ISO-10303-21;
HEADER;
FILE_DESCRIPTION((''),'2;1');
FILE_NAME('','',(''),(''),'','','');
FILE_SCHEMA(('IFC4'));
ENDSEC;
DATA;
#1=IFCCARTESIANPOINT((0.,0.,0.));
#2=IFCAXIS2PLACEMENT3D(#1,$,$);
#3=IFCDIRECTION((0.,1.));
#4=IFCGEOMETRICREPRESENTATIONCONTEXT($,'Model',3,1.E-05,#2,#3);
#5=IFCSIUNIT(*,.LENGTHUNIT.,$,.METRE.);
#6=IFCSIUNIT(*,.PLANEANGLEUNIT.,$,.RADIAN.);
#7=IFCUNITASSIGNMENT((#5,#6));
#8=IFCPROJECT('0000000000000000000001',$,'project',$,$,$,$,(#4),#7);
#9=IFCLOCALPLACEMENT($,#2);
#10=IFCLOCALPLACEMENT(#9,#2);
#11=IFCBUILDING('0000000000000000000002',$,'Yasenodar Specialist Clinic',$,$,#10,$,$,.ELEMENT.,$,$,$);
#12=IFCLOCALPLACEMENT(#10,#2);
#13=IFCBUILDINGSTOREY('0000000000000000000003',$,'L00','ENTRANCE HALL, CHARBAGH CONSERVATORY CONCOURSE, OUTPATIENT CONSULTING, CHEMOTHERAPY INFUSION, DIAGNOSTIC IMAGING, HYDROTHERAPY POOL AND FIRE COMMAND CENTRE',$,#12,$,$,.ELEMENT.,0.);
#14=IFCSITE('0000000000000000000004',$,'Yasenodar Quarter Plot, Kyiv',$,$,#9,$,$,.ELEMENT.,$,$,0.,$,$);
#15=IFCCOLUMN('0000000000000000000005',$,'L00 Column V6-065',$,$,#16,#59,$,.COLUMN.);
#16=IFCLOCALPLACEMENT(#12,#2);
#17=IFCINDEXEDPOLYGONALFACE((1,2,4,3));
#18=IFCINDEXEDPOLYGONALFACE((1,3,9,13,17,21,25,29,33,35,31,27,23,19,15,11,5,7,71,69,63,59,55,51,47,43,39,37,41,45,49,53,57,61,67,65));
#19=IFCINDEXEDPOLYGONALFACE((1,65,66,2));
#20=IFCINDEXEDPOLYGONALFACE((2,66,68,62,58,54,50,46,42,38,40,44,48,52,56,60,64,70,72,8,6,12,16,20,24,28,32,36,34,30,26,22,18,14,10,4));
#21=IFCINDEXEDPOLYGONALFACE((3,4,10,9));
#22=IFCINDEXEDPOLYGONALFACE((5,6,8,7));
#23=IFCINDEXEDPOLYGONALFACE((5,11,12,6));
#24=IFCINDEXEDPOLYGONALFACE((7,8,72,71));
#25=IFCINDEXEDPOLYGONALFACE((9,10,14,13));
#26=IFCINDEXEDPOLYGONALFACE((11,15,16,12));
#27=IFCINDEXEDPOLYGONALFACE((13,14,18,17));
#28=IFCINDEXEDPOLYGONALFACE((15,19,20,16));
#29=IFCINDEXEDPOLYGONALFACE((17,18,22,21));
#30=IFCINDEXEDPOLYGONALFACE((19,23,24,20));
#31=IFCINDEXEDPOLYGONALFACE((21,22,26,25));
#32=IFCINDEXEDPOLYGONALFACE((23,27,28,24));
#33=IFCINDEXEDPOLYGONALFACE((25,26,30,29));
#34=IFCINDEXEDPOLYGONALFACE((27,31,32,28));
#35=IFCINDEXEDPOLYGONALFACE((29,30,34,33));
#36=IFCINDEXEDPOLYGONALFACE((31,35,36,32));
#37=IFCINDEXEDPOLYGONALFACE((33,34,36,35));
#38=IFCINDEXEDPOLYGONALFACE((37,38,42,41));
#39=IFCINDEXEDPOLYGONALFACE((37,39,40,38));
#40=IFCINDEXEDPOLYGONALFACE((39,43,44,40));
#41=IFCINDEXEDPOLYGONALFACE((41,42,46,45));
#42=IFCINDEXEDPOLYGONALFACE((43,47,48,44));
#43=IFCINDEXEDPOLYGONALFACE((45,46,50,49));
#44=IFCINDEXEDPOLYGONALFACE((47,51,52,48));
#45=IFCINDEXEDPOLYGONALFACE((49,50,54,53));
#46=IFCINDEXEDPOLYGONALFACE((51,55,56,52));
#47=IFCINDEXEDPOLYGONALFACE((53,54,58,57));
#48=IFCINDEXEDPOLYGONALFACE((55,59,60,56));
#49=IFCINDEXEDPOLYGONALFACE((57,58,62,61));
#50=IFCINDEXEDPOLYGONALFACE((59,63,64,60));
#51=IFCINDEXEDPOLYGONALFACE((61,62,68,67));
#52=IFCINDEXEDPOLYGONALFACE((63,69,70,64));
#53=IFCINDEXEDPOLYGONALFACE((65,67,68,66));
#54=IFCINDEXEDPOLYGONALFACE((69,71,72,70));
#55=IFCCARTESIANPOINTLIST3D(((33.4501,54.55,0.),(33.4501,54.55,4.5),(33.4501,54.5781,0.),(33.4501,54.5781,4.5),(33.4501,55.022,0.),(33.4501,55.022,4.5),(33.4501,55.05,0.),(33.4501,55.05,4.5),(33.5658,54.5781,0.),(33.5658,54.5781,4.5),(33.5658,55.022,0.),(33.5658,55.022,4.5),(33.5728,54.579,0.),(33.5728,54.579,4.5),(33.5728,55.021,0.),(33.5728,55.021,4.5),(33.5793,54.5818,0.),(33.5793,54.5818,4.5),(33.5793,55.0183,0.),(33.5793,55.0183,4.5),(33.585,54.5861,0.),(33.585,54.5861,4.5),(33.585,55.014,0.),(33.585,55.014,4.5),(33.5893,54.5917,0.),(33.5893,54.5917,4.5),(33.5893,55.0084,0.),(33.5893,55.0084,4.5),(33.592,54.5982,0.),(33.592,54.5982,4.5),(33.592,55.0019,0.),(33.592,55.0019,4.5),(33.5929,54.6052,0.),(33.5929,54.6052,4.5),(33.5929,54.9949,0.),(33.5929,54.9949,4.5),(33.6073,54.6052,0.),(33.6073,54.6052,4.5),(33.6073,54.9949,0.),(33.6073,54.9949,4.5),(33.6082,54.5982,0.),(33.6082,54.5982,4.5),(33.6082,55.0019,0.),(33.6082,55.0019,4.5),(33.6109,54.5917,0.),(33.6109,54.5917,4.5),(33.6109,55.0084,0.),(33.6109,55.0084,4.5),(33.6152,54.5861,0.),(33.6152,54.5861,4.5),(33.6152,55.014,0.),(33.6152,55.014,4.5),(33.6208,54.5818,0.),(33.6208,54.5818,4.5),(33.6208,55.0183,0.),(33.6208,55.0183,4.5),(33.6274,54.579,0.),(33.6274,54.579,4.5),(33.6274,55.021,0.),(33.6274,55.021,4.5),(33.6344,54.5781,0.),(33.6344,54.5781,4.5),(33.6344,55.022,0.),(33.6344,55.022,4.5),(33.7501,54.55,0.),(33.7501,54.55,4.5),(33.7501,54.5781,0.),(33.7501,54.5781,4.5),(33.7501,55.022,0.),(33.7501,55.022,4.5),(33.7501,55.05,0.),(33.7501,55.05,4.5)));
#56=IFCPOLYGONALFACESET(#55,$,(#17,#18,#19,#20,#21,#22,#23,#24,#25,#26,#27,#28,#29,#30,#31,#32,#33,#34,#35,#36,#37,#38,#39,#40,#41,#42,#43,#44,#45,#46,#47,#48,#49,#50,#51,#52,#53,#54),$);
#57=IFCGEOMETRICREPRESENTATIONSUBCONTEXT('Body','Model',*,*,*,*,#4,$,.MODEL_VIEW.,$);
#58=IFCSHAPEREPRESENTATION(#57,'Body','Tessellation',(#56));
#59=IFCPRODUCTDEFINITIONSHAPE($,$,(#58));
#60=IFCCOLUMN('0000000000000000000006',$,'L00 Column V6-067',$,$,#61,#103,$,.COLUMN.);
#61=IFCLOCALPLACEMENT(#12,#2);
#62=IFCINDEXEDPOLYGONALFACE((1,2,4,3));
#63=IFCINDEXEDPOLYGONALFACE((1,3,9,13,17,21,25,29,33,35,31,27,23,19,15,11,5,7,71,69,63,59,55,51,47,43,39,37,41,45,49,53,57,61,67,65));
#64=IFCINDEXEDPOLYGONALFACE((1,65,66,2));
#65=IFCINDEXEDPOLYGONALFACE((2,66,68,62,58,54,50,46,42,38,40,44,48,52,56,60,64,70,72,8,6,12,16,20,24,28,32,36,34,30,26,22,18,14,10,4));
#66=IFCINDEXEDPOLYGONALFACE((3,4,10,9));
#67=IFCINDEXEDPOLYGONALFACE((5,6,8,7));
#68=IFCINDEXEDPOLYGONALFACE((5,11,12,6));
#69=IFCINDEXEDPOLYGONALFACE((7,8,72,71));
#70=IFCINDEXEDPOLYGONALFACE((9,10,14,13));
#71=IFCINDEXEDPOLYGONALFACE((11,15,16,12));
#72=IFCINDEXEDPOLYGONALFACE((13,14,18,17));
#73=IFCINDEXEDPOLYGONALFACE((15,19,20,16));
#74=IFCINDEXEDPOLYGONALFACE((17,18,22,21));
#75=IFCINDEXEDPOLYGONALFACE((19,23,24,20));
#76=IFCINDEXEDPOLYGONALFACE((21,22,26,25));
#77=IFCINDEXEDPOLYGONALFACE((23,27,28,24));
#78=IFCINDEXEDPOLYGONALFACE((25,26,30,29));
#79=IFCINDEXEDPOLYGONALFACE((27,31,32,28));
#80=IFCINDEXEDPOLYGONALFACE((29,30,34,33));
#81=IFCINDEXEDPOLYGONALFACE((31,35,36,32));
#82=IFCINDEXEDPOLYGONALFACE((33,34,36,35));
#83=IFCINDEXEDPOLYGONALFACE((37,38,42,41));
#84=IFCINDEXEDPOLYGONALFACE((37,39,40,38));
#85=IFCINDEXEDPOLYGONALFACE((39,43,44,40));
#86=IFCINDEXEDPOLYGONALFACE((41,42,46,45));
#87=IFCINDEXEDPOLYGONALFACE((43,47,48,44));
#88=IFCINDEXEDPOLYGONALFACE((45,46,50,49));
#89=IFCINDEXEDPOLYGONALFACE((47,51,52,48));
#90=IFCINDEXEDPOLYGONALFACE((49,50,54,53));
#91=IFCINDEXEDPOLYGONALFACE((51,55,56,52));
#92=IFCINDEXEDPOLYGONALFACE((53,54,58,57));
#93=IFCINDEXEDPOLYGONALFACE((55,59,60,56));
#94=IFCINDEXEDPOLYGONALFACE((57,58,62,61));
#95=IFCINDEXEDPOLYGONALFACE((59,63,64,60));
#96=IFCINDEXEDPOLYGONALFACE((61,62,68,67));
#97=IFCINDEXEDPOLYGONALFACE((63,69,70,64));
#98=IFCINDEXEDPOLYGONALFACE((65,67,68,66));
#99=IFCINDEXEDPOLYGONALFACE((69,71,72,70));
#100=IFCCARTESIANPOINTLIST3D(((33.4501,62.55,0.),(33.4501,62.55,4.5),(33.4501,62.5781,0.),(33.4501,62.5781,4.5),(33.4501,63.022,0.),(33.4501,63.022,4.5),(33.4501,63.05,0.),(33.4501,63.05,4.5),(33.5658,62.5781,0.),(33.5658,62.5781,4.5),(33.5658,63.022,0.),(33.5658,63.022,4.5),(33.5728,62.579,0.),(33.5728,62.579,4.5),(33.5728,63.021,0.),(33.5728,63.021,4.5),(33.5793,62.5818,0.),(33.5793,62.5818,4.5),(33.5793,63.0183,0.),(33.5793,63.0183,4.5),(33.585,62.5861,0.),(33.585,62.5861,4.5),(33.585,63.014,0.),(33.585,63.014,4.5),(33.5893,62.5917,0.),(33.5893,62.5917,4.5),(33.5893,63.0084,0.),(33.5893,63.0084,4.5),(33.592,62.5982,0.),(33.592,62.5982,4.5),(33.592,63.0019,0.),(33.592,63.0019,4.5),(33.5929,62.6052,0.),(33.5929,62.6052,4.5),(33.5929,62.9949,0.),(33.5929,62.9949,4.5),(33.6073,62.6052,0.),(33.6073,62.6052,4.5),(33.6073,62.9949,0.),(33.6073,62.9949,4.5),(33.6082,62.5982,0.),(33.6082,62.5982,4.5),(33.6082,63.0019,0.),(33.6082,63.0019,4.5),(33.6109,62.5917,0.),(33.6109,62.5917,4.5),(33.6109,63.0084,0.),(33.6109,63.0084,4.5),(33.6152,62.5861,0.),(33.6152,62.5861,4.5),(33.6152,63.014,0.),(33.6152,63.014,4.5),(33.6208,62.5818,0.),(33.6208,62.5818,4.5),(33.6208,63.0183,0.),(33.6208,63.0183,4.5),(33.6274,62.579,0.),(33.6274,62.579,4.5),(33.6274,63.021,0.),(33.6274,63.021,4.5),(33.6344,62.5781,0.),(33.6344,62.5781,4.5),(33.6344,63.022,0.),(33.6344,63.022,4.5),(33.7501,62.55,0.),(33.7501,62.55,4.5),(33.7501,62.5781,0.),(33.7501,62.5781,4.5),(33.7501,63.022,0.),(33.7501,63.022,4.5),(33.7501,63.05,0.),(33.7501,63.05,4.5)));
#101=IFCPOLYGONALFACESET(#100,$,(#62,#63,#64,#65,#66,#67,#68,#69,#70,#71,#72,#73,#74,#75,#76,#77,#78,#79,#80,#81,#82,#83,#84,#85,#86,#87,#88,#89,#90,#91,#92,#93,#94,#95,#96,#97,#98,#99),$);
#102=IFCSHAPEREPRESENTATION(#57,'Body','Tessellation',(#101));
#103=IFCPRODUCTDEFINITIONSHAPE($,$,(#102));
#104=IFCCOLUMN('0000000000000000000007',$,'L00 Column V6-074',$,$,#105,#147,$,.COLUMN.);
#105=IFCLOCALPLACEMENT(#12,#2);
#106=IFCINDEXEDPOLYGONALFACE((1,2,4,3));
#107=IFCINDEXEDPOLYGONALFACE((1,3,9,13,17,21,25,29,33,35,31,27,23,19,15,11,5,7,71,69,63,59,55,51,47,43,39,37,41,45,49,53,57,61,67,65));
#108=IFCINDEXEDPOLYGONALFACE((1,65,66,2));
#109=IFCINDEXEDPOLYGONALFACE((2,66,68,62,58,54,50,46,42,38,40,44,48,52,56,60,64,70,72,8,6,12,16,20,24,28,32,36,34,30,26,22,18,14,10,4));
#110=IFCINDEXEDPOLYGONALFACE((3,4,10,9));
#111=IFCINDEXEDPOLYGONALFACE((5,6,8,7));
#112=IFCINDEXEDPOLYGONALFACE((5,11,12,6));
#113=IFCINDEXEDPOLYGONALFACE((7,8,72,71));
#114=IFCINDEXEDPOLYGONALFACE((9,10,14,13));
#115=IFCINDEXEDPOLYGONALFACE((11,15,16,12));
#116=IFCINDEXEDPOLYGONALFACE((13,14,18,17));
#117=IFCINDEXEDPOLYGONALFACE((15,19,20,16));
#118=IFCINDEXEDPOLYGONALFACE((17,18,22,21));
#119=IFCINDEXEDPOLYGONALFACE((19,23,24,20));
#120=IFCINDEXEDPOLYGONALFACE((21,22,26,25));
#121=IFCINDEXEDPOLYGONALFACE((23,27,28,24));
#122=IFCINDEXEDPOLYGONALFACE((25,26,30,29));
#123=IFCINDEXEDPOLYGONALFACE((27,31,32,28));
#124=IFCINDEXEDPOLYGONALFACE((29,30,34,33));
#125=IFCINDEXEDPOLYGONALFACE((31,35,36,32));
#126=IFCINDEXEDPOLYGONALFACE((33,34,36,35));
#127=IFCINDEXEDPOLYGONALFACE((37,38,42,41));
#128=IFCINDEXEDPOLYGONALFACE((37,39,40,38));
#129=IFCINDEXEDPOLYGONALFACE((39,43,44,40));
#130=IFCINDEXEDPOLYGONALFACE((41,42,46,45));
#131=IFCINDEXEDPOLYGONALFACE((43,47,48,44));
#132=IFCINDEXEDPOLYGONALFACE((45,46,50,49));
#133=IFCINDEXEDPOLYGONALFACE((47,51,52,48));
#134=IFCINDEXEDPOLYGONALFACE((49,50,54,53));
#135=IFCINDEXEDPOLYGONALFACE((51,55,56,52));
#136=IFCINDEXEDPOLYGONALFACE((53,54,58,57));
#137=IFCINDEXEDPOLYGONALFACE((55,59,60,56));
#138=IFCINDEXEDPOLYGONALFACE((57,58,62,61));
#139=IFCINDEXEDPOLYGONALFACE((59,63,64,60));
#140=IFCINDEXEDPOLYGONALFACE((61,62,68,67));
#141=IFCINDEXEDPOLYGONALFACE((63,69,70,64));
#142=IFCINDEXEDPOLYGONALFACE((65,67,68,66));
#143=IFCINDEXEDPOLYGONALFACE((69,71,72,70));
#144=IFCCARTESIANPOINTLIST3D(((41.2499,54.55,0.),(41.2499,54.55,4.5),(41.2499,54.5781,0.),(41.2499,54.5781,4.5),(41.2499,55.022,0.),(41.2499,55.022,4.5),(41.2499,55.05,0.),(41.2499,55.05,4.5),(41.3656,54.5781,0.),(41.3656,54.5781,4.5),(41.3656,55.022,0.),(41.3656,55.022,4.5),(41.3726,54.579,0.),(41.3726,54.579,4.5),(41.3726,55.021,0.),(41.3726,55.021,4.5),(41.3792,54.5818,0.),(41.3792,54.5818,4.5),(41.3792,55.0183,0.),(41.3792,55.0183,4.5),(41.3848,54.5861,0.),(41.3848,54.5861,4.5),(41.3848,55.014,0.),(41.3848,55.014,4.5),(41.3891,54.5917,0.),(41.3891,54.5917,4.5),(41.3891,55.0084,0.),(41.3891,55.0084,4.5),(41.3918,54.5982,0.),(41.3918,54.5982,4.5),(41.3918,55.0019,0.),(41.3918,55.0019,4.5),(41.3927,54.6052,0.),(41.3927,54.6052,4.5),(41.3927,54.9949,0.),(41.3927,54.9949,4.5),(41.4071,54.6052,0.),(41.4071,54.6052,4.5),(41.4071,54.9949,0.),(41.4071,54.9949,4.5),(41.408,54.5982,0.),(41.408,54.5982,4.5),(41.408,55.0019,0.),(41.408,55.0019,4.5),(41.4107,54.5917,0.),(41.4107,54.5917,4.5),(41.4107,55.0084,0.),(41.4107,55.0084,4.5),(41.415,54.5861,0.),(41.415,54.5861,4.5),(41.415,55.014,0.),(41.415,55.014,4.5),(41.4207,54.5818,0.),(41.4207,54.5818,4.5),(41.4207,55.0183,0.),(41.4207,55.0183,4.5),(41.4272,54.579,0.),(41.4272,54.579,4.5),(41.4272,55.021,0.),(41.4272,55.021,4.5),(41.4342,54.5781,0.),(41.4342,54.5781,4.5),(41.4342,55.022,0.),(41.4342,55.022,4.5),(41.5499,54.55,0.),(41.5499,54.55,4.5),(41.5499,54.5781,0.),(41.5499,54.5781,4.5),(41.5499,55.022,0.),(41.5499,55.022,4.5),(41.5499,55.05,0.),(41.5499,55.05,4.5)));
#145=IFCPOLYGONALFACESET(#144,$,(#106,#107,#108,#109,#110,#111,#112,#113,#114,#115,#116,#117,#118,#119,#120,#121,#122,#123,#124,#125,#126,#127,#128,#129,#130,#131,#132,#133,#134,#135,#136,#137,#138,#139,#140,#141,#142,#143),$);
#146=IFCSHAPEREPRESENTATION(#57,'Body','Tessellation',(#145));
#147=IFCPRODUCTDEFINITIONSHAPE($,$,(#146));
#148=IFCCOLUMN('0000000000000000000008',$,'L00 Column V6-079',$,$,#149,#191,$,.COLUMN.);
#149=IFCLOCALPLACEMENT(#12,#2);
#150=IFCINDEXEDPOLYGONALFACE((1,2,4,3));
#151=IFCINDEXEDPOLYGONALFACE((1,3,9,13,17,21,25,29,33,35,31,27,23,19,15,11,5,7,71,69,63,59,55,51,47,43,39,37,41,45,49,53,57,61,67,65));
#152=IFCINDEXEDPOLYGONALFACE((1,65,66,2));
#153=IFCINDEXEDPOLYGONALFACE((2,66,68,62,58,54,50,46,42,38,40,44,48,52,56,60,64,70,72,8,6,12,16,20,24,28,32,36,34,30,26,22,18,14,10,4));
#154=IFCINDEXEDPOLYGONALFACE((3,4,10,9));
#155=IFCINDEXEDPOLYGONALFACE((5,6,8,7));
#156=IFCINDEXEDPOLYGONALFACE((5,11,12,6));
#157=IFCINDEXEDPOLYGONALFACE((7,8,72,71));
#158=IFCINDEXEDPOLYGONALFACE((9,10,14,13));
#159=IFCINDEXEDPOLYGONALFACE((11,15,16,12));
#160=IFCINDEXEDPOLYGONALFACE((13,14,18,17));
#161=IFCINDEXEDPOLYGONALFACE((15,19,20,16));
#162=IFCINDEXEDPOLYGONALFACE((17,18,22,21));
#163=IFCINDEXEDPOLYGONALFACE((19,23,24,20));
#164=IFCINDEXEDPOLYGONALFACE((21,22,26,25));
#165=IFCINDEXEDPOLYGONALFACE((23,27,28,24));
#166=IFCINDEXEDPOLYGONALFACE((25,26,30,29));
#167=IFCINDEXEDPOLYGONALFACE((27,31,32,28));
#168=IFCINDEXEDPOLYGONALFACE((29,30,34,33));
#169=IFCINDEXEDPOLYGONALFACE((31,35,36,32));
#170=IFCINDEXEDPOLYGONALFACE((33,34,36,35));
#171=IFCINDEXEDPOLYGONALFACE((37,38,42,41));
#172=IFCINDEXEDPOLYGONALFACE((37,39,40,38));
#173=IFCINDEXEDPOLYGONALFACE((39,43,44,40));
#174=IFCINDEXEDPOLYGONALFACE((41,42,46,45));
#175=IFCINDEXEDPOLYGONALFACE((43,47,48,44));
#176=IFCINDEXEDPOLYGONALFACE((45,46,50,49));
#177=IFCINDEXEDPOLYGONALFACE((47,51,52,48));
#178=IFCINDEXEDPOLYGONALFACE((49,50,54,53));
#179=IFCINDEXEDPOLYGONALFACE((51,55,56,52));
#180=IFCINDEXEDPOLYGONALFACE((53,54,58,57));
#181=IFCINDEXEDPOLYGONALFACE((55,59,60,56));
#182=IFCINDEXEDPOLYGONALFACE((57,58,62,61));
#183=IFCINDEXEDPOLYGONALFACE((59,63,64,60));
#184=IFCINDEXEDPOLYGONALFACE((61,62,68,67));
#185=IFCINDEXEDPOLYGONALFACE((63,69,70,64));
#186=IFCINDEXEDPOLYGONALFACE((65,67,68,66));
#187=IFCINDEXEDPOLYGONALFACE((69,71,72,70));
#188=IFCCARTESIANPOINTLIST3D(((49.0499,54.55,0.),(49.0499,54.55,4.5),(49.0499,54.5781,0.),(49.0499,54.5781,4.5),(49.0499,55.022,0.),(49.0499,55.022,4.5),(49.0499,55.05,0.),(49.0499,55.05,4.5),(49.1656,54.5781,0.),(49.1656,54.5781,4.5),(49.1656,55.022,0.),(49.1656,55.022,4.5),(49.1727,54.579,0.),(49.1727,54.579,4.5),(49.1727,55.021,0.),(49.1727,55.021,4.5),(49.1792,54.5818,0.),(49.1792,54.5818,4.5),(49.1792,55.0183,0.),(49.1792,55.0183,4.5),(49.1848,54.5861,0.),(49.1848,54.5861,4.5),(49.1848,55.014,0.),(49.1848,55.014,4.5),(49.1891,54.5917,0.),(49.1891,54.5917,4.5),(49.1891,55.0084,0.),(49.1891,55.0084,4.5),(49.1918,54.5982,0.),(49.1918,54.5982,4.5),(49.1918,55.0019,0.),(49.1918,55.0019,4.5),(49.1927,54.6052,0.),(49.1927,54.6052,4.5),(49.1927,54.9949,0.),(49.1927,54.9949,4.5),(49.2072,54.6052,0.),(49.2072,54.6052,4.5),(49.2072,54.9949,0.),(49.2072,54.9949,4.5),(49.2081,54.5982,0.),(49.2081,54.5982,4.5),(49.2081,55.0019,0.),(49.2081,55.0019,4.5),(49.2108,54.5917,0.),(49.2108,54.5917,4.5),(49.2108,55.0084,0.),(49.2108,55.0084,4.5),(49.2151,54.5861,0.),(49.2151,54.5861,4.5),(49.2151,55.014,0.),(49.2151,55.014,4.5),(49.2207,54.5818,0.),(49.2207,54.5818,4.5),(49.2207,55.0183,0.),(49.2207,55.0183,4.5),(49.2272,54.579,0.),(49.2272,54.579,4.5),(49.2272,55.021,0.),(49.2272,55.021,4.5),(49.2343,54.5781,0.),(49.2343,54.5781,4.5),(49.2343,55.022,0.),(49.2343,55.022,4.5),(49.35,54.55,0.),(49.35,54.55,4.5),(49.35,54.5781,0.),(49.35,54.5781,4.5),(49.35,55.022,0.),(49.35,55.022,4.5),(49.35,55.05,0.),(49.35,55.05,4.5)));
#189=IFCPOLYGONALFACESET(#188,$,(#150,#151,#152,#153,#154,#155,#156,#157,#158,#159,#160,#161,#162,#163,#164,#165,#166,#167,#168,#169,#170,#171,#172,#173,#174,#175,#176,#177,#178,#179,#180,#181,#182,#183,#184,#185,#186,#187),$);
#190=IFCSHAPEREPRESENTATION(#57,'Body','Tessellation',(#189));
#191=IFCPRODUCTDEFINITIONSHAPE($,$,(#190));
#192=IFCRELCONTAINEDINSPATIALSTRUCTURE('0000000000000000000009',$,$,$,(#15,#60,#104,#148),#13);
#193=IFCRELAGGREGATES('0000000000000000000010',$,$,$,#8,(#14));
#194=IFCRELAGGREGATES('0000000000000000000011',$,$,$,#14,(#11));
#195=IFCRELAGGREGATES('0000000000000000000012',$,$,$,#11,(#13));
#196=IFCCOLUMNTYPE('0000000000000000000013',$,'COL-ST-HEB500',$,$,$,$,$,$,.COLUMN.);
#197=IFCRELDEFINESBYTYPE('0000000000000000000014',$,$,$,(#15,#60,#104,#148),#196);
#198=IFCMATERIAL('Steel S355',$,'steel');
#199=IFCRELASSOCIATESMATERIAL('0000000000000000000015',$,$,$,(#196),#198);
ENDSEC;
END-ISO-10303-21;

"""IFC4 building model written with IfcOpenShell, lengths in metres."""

from ifc_helpers import new_model, si_unit, direction, frame, origin, origin_2d, place, context, subcontext, project, spatial, i_section, extrude, material, material_profile, profile_set, type_object, element, save


model = new_model("IFC4")

# Units and contexts
model_context = context("Model", 3, precision=1e-05, world=origin(), true_north=direction((0.0, 1.0)))
body_context = subcontext(model_context, "Body", "Model", "MODEL_VIEW")
ifc_project = project(units=[si_unit("LENGTHUNIT", "METRE"), si_unit("PLANEANGLEUNIT", "RADIAN")], contexts=[model_context])

# Site, building, storey
site_placement = place(None, origin())
site = spatial("IfcSite", under=ifc_project, at=site_placement, Name="Yasenodar Quarter Plot, Kyiv", CompositionType="ELEMENT", RefElevation=0.0)
building_placement = place(site_placement, origin())
building = spatial("IfcBuilding", under=site, at=building_placement, Name="Yasenodar Specialist Clinic", CompositionType="ELEMENT")
storey_placement = place(building_placement, origin())
storey = spatial("IfcBuildingStorey", under=building, at=storey_placement, Name="L00", Description="ENTRANCE HALL, CHARBAGH CONSERVATORY CONCOURSE, OUTPATIENT CONSULTING, CHEMOTHERAPY INFUSION, DIAGNOSTIC IMAGING, HYDROTHERAPY POOL AND FIRE COMMAND CENTRE", CompositionType="ELEMENT", Elevation=0.0)

# Columns
ifc_material_1 = material(Name="Steel S355", Category="steel")
ifc_material_profile_1 = material_profile(ifc_material_1, i_section(OverallWidth=0.3, OverallDepth=0.5, WebThickness=0.0144, FlangeThickness=0.0281, FilletRadius=0.0271, at=origin_2d()), Name="HEB 500")
ifc_profile_set_1 = profile_set([ifc_material_profile_1], Name="Steel S355")
column_type_1 = type_object("IfcColumnType", Name="COL-ST-HEB500", PredefinedType="COLUMN", material=ifc_profile_set_1)
for number, where, z_axis, x_axis, name in (
    (1, (33.6001, 54.8, 0.0), (0.0, 0.0, 1.0), (1.0, 0.0, 0.0), "L00 Column V6-065"),
    (2, (33.6001, 62.8, 0.0), (0.0, 0.0, 1.0), (1.0, 0.0, 0.0), "L00 Column V6-067"),
    (3, (41.3999, 54.8, 0.0), (0.0, 0.0, 1.0), (1.0, 0.0, 0.0), "L00 Column V6-074"),
    (4, (49.2, 54.8, 0.0), (0.0, 0.0, 1.0), (1.0, 0.0, 0.0), "L00 Column V6-079"),
):
    element("IfcColumn", number, at=place(storey_placement, frame(where, z_axis=z_axis, x_axis=x_axis)), inside=storey, type_object=column_type_1, Name=name, PredefinedType="COLUMN", context=body_context, shape_type="SweptSolid", body=[
        extrude(i_section(OverallWidth=0.3, OverallDepth=0.5, WebThickness=0.0144, FlangeThickness=0.0281, FilletRadius=0.0271, at=origin_2d()), origin(), (0.0, 0.0, 1.0), 4.5),
    ])

save(model, "model.ifc")
